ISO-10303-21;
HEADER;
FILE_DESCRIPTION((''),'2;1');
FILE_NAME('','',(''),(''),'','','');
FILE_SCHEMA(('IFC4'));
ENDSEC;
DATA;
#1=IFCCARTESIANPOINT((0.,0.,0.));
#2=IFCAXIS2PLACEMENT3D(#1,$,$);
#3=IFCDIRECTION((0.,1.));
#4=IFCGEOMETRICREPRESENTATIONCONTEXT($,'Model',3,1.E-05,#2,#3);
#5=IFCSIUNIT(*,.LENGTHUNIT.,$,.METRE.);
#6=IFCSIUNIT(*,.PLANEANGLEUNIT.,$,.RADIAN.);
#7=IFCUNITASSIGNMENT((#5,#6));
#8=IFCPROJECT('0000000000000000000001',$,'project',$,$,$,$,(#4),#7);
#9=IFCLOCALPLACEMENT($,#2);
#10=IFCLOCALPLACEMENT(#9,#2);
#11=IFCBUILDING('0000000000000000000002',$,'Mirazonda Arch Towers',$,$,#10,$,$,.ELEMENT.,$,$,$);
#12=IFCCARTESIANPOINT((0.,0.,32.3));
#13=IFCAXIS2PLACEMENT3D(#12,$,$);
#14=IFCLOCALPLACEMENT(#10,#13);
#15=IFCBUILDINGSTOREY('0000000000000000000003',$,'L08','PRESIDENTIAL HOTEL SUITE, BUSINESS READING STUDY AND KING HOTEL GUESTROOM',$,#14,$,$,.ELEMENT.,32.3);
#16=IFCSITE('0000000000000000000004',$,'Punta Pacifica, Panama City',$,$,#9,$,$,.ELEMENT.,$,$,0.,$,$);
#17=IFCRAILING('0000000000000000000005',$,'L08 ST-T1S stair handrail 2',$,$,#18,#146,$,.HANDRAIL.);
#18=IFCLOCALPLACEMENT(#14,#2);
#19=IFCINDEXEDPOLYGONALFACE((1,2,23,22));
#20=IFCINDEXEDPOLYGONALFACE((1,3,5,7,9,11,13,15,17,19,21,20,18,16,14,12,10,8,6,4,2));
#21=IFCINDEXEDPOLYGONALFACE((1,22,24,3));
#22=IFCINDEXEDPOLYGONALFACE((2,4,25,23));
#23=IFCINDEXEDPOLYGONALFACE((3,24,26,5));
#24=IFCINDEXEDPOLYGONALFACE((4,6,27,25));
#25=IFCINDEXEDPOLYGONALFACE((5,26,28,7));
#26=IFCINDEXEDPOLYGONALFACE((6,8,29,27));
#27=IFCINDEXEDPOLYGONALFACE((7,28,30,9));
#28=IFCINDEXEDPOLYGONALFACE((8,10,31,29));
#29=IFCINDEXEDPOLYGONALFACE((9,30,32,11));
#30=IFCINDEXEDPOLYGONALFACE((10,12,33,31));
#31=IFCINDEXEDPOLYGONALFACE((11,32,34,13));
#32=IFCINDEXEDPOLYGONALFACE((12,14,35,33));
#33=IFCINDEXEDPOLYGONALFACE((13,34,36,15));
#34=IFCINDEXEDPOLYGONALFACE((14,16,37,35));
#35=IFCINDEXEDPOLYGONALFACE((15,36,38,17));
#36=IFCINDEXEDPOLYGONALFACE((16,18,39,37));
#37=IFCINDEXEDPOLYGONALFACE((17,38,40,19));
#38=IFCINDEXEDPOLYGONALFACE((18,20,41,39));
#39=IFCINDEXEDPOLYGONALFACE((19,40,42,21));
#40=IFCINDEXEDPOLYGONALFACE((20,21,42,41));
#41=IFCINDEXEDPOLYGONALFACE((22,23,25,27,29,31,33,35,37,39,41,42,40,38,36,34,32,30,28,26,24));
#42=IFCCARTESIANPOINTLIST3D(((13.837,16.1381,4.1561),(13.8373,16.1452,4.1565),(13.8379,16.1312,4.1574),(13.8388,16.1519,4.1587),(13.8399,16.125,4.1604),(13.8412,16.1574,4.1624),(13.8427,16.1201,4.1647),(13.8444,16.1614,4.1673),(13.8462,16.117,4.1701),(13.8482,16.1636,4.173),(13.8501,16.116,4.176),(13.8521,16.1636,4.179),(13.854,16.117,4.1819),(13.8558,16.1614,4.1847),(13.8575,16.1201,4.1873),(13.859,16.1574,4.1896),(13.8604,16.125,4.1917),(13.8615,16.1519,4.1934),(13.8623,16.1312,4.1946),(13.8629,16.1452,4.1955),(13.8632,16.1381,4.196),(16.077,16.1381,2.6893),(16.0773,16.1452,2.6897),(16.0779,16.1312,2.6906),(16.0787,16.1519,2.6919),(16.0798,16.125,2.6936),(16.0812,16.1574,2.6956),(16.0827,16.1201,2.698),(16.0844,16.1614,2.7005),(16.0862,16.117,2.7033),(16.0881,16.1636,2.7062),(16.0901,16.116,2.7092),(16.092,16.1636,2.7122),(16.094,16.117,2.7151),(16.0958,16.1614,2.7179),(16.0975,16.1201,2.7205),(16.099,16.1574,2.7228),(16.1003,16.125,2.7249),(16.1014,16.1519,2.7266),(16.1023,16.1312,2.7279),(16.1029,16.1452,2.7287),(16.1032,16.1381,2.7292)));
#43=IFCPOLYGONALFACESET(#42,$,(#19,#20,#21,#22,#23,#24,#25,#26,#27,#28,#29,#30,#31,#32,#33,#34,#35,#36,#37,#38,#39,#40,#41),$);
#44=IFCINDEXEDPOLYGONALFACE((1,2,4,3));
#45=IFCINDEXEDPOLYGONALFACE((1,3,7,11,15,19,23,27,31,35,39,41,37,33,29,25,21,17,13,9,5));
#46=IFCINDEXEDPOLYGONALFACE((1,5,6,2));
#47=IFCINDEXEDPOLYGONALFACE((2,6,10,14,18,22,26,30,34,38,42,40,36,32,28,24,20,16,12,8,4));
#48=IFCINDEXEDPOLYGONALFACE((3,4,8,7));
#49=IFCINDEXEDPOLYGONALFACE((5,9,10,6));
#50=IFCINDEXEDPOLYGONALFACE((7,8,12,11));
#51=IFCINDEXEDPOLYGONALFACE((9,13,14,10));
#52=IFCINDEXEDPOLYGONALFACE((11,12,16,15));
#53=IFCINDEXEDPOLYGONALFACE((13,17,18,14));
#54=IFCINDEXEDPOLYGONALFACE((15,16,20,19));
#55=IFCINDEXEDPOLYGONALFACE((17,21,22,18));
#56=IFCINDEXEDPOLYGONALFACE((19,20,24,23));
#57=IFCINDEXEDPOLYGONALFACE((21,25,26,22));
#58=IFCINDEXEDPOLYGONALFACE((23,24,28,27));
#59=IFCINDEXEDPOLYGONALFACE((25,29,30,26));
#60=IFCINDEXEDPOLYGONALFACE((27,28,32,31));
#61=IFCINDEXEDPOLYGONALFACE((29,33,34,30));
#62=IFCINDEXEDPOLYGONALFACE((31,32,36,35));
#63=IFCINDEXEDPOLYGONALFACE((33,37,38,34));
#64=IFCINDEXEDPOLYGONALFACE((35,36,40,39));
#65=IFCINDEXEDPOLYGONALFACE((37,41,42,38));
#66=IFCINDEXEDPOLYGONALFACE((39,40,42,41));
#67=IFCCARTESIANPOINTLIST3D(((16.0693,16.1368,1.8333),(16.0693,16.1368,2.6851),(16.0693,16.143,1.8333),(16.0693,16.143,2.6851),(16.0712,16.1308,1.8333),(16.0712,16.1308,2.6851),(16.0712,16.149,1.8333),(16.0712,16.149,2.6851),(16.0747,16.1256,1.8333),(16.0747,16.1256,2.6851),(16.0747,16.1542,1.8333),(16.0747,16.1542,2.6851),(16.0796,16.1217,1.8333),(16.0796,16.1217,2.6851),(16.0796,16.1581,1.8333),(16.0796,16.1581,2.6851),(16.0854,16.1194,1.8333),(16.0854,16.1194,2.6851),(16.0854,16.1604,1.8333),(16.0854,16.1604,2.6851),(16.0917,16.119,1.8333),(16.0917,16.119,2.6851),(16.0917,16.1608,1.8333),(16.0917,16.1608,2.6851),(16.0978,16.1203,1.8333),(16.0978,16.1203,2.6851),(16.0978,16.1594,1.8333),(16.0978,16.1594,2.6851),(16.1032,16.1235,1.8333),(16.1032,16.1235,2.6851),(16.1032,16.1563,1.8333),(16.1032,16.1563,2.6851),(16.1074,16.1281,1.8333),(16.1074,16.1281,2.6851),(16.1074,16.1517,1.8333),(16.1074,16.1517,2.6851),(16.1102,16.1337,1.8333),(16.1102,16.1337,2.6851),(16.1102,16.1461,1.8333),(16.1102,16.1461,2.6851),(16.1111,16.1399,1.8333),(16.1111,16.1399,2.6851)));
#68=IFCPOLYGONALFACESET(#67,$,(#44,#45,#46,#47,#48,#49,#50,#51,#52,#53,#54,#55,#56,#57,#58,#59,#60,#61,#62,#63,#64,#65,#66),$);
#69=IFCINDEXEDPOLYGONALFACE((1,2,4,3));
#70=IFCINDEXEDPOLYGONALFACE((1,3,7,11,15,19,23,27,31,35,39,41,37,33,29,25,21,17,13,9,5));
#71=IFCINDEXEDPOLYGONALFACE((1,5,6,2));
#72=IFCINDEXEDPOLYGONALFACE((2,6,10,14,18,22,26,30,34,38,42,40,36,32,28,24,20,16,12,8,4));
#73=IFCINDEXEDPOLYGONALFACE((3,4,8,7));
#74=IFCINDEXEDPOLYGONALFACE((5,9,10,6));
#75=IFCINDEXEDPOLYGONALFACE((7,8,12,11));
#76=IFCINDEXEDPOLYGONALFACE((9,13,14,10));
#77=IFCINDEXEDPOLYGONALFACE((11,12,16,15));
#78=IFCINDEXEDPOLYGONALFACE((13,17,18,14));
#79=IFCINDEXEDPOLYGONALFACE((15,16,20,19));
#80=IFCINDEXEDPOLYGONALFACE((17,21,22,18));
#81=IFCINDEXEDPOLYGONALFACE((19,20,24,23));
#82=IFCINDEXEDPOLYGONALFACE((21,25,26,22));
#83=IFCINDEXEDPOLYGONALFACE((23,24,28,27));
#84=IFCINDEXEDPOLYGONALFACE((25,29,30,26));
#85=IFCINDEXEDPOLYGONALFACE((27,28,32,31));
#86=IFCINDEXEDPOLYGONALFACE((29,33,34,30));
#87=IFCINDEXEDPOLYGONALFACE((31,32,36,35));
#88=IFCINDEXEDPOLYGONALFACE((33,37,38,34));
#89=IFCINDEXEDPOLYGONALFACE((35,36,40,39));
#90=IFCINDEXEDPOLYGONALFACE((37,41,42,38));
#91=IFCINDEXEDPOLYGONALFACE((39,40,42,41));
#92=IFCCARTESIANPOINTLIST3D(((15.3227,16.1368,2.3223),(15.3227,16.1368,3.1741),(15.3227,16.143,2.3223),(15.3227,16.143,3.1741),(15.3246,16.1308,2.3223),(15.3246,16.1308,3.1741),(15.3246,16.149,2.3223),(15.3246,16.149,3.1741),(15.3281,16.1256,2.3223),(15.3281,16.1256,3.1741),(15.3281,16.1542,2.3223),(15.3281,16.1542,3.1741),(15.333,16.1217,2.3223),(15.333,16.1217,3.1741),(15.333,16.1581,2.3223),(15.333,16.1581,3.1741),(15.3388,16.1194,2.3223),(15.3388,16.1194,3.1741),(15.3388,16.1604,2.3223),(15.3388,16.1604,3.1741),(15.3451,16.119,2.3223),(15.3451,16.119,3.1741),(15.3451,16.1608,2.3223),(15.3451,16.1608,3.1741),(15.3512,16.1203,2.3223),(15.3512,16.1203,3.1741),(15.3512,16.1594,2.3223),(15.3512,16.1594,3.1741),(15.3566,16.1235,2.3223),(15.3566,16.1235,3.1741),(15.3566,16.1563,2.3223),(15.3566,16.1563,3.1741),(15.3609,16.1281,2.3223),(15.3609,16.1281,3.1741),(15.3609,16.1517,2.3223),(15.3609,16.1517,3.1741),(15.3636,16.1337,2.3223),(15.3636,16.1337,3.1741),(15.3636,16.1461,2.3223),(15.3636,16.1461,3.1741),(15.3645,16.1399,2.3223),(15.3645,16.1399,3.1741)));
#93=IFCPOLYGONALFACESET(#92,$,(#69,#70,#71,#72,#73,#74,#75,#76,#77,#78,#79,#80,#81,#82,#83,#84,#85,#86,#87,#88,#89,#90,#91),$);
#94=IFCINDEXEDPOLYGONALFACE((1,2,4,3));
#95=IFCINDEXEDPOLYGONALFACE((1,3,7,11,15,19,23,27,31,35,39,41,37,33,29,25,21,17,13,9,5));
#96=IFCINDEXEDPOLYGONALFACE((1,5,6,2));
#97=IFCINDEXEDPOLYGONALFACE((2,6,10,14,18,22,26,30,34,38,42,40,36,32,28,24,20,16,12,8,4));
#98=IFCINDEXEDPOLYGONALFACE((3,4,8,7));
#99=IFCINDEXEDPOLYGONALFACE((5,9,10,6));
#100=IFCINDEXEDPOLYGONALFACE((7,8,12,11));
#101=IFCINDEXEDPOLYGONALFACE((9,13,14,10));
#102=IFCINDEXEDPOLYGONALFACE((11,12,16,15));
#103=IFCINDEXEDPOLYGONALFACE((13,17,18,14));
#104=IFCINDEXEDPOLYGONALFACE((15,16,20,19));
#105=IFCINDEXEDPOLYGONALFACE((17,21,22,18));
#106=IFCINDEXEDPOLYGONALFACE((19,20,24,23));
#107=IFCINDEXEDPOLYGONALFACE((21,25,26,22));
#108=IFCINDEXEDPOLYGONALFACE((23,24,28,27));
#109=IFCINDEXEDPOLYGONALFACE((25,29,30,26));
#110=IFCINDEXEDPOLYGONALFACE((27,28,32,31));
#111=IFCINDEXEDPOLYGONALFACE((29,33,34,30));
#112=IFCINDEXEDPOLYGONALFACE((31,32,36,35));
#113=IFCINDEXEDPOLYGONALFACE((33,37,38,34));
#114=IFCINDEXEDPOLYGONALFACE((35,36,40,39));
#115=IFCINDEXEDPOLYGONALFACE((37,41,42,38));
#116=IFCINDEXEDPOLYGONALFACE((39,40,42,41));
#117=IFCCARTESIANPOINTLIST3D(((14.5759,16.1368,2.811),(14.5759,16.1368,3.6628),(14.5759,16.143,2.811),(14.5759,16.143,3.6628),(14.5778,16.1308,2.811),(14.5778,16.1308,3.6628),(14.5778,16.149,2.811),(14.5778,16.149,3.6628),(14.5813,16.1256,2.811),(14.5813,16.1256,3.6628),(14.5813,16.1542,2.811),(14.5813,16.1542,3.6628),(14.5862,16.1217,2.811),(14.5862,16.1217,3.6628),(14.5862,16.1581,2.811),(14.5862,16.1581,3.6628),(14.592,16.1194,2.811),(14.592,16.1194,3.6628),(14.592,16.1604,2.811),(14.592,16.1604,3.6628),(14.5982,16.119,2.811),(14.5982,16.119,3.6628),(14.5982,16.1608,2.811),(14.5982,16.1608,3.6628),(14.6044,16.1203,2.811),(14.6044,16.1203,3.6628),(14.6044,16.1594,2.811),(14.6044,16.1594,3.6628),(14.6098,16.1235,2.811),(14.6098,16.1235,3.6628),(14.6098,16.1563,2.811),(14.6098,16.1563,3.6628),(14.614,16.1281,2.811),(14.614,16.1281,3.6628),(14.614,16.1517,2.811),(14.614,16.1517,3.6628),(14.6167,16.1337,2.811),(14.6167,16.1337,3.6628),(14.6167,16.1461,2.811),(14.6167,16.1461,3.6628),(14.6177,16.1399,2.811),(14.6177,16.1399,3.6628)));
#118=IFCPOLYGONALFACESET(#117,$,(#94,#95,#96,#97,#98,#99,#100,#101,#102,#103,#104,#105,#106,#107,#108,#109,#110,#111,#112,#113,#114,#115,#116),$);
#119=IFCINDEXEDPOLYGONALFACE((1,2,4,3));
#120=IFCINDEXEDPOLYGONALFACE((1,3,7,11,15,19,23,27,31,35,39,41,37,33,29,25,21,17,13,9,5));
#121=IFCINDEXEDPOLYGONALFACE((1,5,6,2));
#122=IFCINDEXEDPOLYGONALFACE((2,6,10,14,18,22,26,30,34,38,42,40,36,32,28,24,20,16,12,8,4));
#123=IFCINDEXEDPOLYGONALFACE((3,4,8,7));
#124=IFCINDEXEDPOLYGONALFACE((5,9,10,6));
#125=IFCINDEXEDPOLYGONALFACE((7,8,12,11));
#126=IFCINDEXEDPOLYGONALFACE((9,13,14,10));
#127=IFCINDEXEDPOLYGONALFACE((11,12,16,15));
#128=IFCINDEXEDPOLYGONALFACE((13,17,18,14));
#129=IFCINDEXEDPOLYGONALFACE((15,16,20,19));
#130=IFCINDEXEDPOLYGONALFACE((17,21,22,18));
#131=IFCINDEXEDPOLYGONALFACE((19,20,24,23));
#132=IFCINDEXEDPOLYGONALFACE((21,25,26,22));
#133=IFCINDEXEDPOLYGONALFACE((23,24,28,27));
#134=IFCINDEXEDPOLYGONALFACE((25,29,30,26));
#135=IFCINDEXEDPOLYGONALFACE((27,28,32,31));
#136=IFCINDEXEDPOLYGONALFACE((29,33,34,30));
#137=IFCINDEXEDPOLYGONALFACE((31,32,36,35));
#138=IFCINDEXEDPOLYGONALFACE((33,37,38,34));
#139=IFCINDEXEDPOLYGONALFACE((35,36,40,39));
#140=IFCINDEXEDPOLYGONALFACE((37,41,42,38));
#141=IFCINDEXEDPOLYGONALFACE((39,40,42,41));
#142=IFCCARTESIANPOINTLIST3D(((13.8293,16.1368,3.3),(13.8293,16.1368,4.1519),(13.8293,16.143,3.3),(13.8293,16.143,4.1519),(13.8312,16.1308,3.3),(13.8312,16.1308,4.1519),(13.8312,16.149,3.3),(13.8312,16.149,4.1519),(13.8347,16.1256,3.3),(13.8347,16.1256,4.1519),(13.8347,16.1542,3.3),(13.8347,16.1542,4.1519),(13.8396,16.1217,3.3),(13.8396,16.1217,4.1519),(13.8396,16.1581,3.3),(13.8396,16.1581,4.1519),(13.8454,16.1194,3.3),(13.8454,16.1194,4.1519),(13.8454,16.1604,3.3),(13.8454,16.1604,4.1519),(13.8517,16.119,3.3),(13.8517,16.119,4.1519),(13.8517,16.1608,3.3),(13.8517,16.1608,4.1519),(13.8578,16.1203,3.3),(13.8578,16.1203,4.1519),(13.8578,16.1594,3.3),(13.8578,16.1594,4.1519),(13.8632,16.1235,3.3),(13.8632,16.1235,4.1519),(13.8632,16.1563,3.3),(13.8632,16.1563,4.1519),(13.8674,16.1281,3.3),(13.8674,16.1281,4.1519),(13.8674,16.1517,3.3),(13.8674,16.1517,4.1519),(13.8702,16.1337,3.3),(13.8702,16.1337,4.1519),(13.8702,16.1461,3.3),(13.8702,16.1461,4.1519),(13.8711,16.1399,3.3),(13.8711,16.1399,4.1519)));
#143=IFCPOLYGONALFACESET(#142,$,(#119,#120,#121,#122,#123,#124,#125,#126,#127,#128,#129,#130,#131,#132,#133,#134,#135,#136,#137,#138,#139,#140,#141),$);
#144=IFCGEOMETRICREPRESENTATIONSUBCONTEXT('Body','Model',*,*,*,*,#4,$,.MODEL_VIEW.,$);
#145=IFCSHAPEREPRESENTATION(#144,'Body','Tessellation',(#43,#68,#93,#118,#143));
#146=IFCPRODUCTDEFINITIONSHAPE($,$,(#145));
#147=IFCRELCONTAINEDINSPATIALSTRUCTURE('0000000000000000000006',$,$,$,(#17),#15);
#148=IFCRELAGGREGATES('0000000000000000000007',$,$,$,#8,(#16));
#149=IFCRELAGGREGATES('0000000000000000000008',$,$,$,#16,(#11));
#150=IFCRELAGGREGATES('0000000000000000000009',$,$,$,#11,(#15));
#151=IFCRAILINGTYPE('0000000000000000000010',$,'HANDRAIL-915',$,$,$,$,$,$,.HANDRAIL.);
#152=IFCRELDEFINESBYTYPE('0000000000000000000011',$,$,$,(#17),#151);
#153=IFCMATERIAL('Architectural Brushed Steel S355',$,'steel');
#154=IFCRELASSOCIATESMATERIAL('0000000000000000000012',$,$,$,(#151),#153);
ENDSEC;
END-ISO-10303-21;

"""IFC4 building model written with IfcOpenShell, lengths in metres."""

from ifc_helpers import new_model, si_unit, direction, frame, origin, origin_2d, place, context, subcontext, project, spatial, circle, extrude, material, type_object, element, save


model = new_model("IFC4")

# Units and contexts
model_context = context("Model", 3, precision=1e-05, world=origin(), true_north=direction((0.0, 1.0)))
body_context = subcontext(model_context, "Body", "Model", "MODEL_VIEW")
ifc_project = project(units=[si_unit("LENGTHUNIT", "METRE"), si_unit("PLANEANGLEUNIT", "RADIAN")], contexts=[model_context])

# Site, building, storey
site_placement = place(None, origin())
site = spatial("IfcSite", under=ifc_project, at=site_placement, Name="Punta Pacifica, Panama City", CompositionType="ELEMENT", RefElevation=0.0)
building_placement = place(site_placement, origin())
building = spatial("IfcBuilding", under=site, at=building_placement, Name="Mirazonda Arch Towers", CompositionType="ELEMENT")
storey_placement = place(building_placement, frame((0.0, 0.0, 32.3)))
storey = spatial("IfcBuildingStorey", under=building, at=storey_placement, Name="L08", Description="PRESIDENTIAL HOTEL SUITE, BUSINESS READING STUDY AND KING HOTEL GUESTROOM", CompositionType="ELEMENT", Elevation=32.3)

# Railing
ifc_material_1 = material(Name="Architectural Brushed Steel S355", Category="steel")
railing_type_1 = type_object("IfcRailingType", Name="HANDRAIL-915", PredefinedType="HANDRAIL", material=ifc_material_1)
railing_1_placement = place(storey_placement, frame((16.0901, 16.1399, 1.8333)))
element("IfcRailing", 1, at=railing_1_placement, inside=storey, type_object=railing_type_1, Name="L08 ST-T1S stair handrail 2", PredefinedType="HANDRAIL", context=body_context, shape_type="SweptSolid", body=[
    extrude(circle(Radius=0.0239, at=origin_2d()), frame((0.0, 0.0, 0.876), z_axis=(-0.836595, 0.0, 0.547822), x_axis=(0.0, -1.0, 0.0)), (0.0, 0.0, 1.0), 2.6775),
    extrude(circle(Radius=0.021, at=origin_2d()), origin(), (0.0, 0.0, 1.0), 0.8518),
    extrude(circle(Radius=0.021, at=origin_2d()), frame((-0.7466, 0.0, 0.489)), (0.0, 0.0, 1.0), 0.8518),
    extrude(circle(Radius=0.021, at=origin_2d()), frame((-1.4934, 0.0, 0.9778)), (0.0, 0.0, 1.0), 0.8518),
    extrude(circle(Radius=0.021, at=origin_2d()), frame((-2.24, 0.0, 1.4668)), (0.0, 0.0, 1.0), 0.8518),
])

save(model, "model.ifc")
